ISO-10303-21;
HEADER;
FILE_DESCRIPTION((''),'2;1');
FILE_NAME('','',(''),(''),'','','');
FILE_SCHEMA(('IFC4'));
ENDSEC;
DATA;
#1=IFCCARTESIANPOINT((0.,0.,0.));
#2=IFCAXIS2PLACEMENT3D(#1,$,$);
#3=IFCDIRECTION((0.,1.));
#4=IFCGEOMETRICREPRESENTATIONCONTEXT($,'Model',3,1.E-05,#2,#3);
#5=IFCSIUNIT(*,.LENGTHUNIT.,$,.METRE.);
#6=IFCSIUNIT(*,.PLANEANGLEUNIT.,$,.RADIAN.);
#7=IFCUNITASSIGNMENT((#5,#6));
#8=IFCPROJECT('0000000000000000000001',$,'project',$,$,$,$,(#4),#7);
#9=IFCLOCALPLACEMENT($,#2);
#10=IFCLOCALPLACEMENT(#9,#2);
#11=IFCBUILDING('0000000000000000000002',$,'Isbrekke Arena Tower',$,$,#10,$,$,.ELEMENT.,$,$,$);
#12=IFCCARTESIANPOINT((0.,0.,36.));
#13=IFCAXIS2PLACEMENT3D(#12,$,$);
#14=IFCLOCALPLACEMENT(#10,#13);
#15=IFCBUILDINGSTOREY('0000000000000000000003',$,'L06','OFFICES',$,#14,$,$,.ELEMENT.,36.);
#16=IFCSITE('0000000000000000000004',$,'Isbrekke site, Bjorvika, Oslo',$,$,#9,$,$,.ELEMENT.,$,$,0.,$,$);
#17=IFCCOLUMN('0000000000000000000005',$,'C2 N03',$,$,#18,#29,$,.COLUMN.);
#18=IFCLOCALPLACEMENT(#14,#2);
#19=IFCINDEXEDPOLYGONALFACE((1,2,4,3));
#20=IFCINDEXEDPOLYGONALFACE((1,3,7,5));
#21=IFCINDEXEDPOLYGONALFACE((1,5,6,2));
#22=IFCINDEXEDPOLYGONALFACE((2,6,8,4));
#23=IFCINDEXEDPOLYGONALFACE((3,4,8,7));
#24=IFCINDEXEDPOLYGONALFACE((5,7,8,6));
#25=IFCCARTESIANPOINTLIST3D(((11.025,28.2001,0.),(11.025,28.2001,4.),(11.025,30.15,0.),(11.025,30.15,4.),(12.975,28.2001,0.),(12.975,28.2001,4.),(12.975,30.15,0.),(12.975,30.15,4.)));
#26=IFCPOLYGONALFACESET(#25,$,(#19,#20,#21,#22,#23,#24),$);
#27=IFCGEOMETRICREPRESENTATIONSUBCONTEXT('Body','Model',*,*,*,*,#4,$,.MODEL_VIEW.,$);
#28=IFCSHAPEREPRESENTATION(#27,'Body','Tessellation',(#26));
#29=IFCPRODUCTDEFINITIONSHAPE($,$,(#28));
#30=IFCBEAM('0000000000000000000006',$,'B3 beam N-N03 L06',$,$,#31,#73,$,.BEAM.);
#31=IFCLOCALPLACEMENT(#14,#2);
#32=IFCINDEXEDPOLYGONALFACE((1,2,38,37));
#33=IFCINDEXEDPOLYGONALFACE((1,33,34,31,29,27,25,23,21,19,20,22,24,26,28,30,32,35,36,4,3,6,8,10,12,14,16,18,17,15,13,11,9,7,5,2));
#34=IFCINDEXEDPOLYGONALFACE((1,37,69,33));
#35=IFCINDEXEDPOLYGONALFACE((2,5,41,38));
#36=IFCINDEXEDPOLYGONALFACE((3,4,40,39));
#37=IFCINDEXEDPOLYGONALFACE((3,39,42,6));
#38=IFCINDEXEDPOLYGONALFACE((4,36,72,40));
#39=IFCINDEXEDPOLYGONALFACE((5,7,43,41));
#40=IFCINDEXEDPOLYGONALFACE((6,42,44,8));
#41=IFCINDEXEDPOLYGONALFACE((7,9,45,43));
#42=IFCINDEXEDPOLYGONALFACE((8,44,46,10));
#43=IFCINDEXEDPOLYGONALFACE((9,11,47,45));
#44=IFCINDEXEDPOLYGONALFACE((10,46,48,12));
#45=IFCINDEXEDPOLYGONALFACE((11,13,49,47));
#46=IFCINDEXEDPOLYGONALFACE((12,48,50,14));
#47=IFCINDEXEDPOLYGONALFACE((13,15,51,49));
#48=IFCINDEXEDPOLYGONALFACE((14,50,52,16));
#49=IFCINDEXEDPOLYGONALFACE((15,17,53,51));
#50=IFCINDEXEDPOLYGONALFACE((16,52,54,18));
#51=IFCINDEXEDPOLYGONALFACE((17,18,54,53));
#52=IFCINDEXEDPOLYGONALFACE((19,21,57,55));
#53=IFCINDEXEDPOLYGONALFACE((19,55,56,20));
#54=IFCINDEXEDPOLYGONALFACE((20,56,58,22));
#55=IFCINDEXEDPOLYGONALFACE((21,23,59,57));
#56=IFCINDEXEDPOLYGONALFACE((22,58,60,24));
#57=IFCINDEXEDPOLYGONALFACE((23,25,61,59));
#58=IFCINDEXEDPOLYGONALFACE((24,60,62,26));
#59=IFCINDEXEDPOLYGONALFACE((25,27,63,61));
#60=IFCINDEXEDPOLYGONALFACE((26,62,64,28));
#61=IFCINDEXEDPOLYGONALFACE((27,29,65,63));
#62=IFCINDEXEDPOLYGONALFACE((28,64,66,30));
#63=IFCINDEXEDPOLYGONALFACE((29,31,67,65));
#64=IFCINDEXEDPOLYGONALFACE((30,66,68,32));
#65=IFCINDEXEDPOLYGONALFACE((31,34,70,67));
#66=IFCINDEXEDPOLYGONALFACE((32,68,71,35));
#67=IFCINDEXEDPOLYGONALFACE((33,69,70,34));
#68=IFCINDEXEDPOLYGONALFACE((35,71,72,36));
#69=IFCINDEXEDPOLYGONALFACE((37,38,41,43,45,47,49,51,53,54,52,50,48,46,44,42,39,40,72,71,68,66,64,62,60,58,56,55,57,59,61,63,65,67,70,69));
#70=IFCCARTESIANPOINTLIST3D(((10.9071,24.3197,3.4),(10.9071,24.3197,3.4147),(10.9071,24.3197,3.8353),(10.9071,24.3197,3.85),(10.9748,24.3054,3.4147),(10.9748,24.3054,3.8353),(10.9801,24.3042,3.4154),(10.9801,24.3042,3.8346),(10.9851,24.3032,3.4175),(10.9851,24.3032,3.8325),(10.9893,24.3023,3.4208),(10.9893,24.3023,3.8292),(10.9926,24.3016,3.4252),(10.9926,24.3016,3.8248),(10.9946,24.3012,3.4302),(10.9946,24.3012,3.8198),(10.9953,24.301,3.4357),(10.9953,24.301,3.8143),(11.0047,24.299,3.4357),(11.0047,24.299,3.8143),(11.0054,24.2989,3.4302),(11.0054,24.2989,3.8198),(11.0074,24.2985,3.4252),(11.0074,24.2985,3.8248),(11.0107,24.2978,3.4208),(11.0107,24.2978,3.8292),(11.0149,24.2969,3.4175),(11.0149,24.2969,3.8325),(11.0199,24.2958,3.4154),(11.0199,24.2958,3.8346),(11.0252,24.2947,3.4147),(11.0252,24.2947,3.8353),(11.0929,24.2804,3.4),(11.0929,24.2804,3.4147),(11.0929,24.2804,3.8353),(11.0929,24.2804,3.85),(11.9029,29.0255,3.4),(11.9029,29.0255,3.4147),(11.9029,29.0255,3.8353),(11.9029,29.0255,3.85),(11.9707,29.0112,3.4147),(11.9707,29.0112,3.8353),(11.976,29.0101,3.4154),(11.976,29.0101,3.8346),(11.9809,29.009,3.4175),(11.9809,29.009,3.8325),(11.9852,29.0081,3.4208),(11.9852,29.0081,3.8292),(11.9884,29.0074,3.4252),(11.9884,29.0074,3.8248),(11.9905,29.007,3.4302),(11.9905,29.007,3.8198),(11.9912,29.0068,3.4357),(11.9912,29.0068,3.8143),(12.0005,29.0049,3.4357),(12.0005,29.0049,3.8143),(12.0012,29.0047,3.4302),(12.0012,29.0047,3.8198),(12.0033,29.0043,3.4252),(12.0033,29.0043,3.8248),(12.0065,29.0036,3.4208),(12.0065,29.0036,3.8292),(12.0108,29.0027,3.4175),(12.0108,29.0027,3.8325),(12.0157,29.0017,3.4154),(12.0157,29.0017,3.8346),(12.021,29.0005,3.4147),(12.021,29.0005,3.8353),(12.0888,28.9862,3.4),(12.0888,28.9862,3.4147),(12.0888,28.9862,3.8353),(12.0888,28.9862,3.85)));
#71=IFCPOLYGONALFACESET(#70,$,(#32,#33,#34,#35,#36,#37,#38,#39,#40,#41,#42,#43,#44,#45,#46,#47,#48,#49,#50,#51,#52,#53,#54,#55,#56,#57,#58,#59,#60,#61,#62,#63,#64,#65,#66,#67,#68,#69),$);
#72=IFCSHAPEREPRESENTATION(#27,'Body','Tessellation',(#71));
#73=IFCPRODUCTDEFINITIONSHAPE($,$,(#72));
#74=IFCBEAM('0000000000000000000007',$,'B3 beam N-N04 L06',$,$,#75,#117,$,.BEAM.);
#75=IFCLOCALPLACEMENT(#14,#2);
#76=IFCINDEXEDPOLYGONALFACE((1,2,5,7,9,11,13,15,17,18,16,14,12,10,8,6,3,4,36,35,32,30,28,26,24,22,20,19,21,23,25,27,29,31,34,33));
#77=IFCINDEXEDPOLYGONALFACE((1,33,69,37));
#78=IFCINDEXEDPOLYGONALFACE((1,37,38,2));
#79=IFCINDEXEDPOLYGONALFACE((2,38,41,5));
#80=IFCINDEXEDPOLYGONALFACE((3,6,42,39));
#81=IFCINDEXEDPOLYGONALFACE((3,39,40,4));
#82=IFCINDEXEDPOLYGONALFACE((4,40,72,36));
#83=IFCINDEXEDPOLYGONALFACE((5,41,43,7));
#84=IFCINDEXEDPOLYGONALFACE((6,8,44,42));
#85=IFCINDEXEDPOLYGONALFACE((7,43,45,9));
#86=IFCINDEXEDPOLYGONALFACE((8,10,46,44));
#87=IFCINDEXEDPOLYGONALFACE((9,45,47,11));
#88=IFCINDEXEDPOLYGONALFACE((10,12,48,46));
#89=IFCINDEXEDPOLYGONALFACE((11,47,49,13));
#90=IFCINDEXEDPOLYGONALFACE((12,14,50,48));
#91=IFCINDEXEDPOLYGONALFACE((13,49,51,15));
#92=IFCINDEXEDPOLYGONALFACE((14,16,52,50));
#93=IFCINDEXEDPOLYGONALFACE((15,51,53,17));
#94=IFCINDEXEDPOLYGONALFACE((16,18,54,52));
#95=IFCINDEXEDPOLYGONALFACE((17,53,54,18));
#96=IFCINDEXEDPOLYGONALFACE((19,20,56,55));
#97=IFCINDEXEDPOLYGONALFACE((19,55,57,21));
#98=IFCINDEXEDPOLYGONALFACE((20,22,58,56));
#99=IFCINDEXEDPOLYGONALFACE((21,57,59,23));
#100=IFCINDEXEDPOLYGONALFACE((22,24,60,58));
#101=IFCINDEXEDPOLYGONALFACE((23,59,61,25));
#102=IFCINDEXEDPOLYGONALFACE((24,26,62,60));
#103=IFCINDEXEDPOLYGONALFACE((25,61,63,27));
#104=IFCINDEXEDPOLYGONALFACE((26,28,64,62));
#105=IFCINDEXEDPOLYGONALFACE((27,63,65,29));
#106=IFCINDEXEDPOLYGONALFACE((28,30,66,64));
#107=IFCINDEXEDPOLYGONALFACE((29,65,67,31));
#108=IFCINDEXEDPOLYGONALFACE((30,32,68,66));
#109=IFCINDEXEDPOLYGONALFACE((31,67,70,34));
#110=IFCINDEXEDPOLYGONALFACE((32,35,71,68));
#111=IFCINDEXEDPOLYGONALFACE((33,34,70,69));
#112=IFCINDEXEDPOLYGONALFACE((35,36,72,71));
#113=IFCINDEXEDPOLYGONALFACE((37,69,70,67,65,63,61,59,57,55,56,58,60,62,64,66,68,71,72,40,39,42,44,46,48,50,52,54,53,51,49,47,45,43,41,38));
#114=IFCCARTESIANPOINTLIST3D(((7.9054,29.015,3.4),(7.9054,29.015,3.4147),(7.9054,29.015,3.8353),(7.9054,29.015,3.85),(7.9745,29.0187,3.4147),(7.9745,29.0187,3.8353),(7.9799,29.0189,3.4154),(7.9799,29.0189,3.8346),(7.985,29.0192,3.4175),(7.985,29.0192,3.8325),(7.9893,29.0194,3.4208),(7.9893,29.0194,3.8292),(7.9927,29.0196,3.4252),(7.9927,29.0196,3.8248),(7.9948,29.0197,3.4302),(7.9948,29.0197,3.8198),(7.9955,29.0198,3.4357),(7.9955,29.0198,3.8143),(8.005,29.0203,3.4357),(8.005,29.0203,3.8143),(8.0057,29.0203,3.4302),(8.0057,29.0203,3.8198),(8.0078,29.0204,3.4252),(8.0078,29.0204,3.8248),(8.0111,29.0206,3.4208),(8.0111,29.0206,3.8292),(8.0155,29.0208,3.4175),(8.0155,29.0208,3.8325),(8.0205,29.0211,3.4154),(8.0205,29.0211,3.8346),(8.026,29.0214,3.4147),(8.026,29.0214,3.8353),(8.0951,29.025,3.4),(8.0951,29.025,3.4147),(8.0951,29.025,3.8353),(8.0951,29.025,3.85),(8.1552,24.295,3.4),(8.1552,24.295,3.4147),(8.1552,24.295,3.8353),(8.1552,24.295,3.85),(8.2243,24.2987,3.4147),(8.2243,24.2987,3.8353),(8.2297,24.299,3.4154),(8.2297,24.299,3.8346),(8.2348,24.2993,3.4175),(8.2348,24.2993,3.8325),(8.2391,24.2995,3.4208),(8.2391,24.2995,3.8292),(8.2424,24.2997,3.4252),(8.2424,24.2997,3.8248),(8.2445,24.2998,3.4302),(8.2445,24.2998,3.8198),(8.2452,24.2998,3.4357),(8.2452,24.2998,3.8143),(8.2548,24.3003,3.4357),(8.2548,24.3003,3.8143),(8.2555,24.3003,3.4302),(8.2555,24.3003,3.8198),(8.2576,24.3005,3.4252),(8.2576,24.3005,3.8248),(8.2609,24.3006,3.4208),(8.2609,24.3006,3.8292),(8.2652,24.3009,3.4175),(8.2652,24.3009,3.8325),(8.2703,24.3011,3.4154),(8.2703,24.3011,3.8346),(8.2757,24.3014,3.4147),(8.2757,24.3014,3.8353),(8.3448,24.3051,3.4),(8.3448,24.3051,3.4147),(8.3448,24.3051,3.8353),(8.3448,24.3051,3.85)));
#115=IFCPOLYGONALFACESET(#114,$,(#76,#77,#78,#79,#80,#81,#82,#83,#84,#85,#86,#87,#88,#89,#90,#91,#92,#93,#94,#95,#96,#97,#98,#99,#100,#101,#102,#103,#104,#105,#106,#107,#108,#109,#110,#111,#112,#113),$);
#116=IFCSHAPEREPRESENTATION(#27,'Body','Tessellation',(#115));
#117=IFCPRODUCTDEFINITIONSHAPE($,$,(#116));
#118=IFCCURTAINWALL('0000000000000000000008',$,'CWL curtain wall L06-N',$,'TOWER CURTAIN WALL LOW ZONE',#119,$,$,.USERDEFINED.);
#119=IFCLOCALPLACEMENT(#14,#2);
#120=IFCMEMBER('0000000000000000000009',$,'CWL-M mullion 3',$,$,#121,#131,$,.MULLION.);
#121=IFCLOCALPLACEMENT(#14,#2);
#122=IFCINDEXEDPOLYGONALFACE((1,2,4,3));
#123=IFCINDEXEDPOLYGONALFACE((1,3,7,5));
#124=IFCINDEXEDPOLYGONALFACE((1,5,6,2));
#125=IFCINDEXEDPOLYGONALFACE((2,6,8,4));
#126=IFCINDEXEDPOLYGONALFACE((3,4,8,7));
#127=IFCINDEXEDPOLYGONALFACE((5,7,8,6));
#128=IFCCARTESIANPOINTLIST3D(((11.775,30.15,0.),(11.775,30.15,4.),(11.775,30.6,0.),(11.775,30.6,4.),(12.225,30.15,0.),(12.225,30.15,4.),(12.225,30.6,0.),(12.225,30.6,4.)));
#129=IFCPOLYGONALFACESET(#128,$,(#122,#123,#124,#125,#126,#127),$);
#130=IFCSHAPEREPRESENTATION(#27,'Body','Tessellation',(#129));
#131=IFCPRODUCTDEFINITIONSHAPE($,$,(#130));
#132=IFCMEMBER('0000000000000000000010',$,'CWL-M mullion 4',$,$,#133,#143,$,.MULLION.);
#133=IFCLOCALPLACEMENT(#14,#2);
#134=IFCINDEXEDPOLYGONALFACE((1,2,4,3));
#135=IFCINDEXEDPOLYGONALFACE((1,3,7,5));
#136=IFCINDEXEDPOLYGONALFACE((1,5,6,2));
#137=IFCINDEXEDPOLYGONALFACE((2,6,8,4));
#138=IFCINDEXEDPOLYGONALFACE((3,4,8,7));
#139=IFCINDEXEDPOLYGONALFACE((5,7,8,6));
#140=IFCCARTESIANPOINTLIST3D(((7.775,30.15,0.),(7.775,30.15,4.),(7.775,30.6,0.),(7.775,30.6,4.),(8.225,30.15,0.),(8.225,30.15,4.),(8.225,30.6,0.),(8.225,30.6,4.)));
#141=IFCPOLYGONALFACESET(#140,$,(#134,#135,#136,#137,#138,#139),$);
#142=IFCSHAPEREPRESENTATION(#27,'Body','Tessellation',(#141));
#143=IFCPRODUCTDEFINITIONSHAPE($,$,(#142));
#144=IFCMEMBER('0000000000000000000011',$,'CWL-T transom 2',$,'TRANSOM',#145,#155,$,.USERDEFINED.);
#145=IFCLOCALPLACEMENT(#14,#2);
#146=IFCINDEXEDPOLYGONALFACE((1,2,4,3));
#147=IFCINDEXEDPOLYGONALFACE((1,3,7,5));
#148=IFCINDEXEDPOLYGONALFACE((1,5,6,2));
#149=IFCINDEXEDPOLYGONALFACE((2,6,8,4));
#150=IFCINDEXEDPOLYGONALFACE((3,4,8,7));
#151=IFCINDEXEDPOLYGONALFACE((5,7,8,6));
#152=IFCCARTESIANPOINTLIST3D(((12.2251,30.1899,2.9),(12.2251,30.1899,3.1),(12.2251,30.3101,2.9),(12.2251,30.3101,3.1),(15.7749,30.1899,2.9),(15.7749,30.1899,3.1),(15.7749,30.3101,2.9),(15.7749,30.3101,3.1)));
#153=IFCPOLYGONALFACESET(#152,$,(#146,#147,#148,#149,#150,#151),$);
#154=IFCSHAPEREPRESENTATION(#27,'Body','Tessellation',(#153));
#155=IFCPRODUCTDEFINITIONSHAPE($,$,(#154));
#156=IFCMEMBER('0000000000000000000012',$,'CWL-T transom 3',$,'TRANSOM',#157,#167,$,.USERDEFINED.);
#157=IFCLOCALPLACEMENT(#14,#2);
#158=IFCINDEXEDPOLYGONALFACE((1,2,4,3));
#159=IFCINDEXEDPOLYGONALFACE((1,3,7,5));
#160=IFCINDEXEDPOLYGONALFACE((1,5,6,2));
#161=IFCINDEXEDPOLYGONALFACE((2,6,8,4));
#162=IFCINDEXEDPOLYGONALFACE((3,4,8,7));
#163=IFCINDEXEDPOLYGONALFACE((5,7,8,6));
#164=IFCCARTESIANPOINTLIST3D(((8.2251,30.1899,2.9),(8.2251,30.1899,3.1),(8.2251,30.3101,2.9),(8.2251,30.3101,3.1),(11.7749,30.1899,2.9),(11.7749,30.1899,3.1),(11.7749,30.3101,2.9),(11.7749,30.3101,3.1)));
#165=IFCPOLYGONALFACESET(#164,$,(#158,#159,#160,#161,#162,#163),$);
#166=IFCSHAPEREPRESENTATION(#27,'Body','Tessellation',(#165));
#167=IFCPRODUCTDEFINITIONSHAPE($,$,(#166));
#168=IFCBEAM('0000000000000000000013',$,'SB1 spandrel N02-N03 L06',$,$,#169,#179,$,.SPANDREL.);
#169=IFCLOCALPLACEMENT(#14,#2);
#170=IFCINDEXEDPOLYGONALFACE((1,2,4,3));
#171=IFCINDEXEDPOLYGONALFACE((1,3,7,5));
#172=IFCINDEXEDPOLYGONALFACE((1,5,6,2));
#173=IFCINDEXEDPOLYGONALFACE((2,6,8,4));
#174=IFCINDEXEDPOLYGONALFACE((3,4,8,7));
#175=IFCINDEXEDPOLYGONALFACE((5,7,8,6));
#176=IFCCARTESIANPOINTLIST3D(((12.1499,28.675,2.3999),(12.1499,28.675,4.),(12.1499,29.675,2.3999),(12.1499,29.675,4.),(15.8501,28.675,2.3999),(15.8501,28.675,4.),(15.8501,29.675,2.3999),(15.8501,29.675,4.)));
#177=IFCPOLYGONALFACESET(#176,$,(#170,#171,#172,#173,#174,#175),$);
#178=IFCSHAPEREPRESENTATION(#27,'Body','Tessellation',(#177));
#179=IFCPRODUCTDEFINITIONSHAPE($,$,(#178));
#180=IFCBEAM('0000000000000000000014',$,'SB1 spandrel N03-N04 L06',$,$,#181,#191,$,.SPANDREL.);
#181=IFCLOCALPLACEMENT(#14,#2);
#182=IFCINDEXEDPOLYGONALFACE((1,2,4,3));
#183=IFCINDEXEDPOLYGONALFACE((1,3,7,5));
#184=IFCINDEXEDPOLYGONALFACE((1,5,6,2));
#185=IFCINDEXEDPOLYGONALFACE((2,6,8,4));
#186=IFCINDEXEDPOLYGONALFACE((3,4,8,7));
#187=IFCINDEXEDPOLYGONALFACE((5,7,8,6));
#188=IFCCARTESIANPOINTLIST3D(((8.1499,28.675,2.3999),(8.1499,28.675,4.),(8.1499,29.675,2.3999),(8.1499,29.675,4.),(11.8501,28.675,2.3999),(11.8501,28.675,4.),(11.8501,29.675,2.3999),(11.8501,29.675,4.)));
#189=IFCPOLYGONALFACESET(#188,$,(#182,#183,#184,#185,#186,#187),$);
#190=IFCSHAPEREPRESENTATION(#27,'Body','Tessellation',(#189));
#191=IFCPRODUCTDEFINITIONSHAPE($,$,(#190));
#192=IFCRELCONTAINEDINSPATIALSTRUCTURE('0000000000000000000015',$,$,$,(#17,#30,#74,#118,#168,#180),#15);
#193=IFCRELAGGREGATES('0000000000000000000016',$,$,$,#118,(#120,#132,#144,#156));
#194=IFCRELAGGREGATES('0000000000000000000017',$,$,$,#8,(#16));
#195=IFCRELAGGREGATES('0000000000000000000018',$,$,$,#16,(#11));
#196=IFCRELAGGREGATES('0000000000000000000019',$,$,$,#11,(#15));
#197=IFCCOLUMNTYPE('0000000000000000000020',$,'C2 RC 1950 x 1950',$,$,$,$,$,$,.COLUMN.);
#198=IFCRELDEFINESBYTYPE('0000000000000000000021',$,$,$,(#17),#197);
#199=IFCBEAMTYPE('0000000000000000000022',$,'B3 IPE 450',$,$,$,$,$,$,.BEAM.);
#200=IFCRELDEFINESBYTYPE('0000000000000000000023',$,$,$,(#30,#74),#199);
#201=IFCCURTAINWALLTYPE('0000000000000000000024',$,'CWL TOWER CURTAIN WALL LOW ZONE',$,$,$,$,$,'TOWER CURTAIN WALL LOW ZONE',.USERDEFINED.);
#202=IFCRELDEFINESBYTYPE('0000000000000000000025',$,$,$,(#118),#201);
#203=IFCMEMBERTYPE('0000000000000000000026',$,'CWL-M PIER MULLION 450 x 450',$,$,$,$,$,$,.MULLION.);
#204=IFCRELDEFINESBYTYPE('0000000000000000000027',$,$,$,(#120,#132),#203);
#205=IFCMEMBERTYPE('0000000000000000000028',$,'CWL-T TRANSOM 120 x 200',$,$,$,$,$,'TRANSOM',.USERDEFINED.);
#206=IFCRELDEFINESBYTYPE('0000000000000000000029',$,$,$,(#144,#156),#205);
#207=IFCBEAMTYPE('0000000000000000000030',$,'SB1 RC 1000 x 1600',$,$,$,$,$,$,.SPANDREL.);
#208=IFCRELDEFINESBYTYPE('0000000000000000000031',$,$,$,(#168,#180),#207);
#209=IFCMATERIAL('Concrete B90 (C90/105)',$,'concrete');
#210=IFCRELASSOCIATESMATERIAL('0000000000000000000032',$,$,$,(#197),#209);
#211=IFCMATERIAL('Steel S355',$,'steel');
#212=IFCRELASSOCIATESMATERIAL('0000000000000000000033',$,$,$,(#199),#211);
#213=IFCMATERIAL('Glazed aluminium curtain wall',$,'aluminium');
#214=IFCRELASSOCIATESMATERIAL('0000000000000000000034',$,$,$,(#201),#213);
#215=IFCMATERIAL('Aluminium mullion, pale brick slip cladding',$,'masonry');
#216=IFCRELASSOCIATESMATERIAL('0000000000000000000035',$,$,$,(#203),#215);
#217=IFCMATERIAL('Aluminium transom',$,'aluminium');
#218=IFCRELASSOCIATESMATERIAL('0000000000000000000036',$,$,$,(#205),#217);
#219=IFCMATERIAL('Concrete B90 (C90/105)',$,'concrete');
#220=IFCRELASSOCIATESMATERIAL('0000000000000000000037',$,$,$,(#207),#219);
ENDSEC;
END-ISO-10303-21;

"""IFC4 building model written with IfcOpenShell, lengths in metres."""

from ifc_helpers import new_model, si_unit, direction, frame, origin, origin_2d, place, context, subcontext, project, spatial, rectangle, i_section, extrude, material, material_profile, profile_set, type_object, element, aggregate, save


model = new_model("IFC4")

# Units and contexts
model_context = context("Model", 3, precision=1e-05, world=origin(), true_north=direction((0.0, 1.0)))
body_context = subcontext(model_context, "Body", "Model", "MODEL_VIEW")
ifc_project = project(units=[si_unit("LENGTHUNIT", "METRE"), si_unit("PLANEANGLEUNIT", "RADIAN")], contexts=[model_context])

# Site, building, storey
site_placement = place(None, origin())
site = spatial("IfcSite", under=ifc_project, at=site_placement, Name="Isbrekke site, Bjorvika, Oslo", CompositionType="ELEMENT", RefElevation=0.0)
building_placement = place(site_placement, origin())
building = spatial("IfcBuilding", under=site, at=building_placement, Name="Isbrekke Arena Tower", CompositionType="ELEMENT")
storey_placement = place(building_placement, frame((0.0, 0.0, 36.0)))
storey = spatial("IfcBuildingStorey", under=building, at=storey_placement, Name="L06", Description="OFFICES", CompositionType="ELEMENT", Elevation=36.0)

# Column
ifc_material_1 = material(Name="Concrete B90 (C90/105)", Category="concrete")
ifc_material_profile_1 = material_profile(ifc_material_1, rectangle(XDim=1.95, YDim=1.95, at=origin_2d()), Name="RC 1950x1950")
ifc_profile_set_1 = profile_set([ifc_material_profile_1], Name="Concrete B90 (C90/105)")
column_type = type_object("IfcColumnType", Name="C2 RC 1950 x 1950", PredefinedType="COLUMN", material=ifc_profile_set_1)
column_placement = place(storey_placement, frame((12.0, 29.175, 0.0), z_axis=(0.0, 0.0, 1.0), x_axis=(-1.0, 0.0, 0.0)))
element("IfcColumn", 1, at=column_placement, inside=storey, type_object=column_type, Name="C2 N03", PredefinedType="COLUMN", context=body_context, shape_type="SweptSolid", body=[
    extrude(rectangle(XDim=1.95, YDim=1.95, at=origin_2d()), origin(), (0.0, 0.0, 1.0), 4.0),
])

# Beams
ifc_material_2 = material(Name="Steel S355", Category="steel")
ifc_material_profile_2 = material_profile(ifc_material_2, i_section(OverallWidth=0.1899, OverallDepth=0.45, WebThickness=0.0095, FlangeThickness=0.0146, FilletRadius=0.021, at=origin_2d()), Name="IPE 450")
ifc_profile_set_2 = profile_set([ifc_material_profile_2], Name="Steel S355")
beam_type_1 = type_object("IfcBeamType", Name="B3 IPE 450", PredefinedType="BEAM", material=ifc_profile_set_2)
beam_1_placement = place(storey_placement, frame((11.9958, 29.0059, 3.625), z_axis=(-0.207036, -0.978333, 0.0), x_axis=(0.978333, -0.207036, 0.0)))
element("IfcBeam", 2, at=beam_1_placement, inside=storey, type_object=beam_type_1, Name="B3 beam N-N03 L06", PredefinedType="BEAM", context=body_context, shape_type="SweptSolid", body=[
    extrude(i_section(OverallWidth=0.1899, OverallDepth=0.45, WebThickness=0.0095, FlangeThickness=0.0146, FilletRadius=0.021, at=origin_2d()), origin(), (0.0, 0.0, 1.0), 4.8101),
])
beam_2_placement = place(storey_placement, frame((8.0002, 29.02, 3.625), z_axis=(0.052841, -0.998603, 0.0), x_axis=(0.998603, 0.052841, 0.0)))
element("IfcBeam", 3, at=beam_2_placement, inside=storey, type_object=beam_type_1, Name="B3 beam N-N04 L06", PredefinedType="BEAM", context=body_context, shape_type="SweptSolid", body=[
    extrude(i_section(OverallWidth=0.1899, OverallDepth=0.45, WebThickness=0.0095, FlangeThickness=0.0146, FilletRadius=0.021, at=origin_2d()), origin(), (0.0, 0.0, 1.0), 4.7266),
])

# Curtain wall, members
ifc_material_3 = material(Name="Glazed aluminium curtain wall", Category="aluminium")
curtain_wall_type = type_object("IfcCurtainWallType", Name="CWL TOWER CURTAIN WALL LOW ZONE", ElementType="TOWER CURTAIN WALL LOW ZONE", PredefinedType="USERDEFINED", material=ifc_material_3)
curtain_wall_placement = place(storey_placement, origin())
curtain_wall = element("IfcCurtainWall", 4, at=curtain_wall_placement, inside=storey, type_object=curtain_wall_type, Name="CWL curtain wall L06-N", ObjectType="TOWER CURTAIN WALL LOW ZONE", PredefinedType="USERDEFINED")
ifc_material_4 = material(Name="Aluminium mullion, pale brick slip cladding", Category="masonry")
ifc_material_profile_3 = material_profile(ifc_material_4, rectangle(XDim=0.45, YDim=0.45, at=origin_2d()), Name="PIER 450X450")
ifc_profile_set_3 = profile_set([ifc_material_profile_3], Name="Aluminium mullion, pale brick slip cladding")
member_type_1 = type_object("IfcMemberType", Name="CWL-M PIER MULLION 450 x 450", PredefinedType="MULLION", material=ifc_profile_set_3)
member_1_placement = place(storey_placement, frame((12.0, 30.375, 0.0), z_axis=(0.0, 0.0, 1.0), x_axis=(-1.0, 0.0, 0.0)))
member_1 = element("IfcMember", 5, at=member_1_placement, type_object=member_type_1, Name="CWL-M mullion 3", PredefinedType="MULLION", context=body_context, shape_type="SweptSolid", body=[
    extrude(rectangle(XDim=0.45, YDim=0.45, at=origin_2d()), origin(), (0.0, 0.0, 1.0), 4.0),
])
member_2_placement = place(storey_placement, frame((8.0, 30.375, 0.0), z_axis=(0.0, 0.0, 1.0), x_axis=(-1.0, 0.0, 0.0)))
member_2 = element("IfcMember", 6, at=member_2_placement, type_object=member_type_1, Name="CWL-M mullion 4", PredefinedType="MULLION", context=body_context, shape_type="SweptSolid", body=[
    extrude(rectangle(XDim=0.45, YDim=0.45, at=origin_2d()), origin(), (0.0, 0.0, 1.0), 4.0),
])
ifc_material_5 = material(Name="Aluminium transom", Category="aluminium")
ifc_material_profile_4 = material_profile(ifc_material_5, rectangle(XDim=0.1201, YDim=0.2, at=origin_2d()), Name="TRANSOM 120X200")
ifc_profile_set_4 = profile_set([ifc_material_profile_4], Name="Aluminium transom")
member_type_2 = type_object("IfcMemberType", Name="CWL-T TRANSOM 120 x 200", ElementType="TRANSOM", PredefinedType="USERDEFINED", material=ifc_profile_set_4)
member_3_placement = place(storey_placement, frame((15.7749, 30.25, 3.0), z_axis=(-1.0, 0.0, 0.0), x_axis=(0.0, -1.0, 0.0)))
member_3 = element("IfcMember", 7, at=member_3_placement, type_object=member_type_2, Name="CWL-T transom 2", ObjectType="TRANSOM", PredefinedType="USERDEFINED", context=body_context, shape_type="SweptSolid", body=[
    extrude(rectangle(XDim=0.1201, YDim=0.2, at=origin_2d()), origin(), (0.0, 0.0, 1.0), 3.5498),
])
member_4_placement = place(storey_placement, frame((11.7749, 30.25, 3.0), z_axis=(-1.0, 0.0, 0.0), x_axis=(0.0, -1.0, 0.0)))
member_4 = element("IfcMember", 8, at=member_4_placement, type_object=member_type_2, Name="CWL-T transom 3", ObjectType="TRANSOM", PredefinedType="USERDEFINED", context=body_context, shape_type="SweptSolid", body=[
    extrude(rectangle(XDim=0.1201, YDim=0.2, at=origin_2d()), origin(), (0.0, 0.0, 1.0), 3.5498),
])

# Beams
ifc_material_6 = material(Name="Concrete B90 (C90/105)", Category="concrete")
ifc_material_profile_5 = material_profile(ifc_material_6, rectangle(XDim=1.0, YDim=1.6001, at=origin_2d()), Name="RC 1000x1600")
ifc_profile_set_5 = profile_set([ifc_material_profile_5], Name="Concrete B90 (C90/105)")
beam_type_2 = type_object("IfcBeamType", Name="SB1 RC 1000 x 1600", PredefinedType="SPANDREL", material=ifc_profile_set_5)
for number, where, z_axis, x_axis, name in (
    (9, (15.8501, 29.175, 3.2), (-1.0, 0.0, 0.0), (0.0, -1.0, 0.0), "SB1 spandrel N02-N03 L06"),
    (10, (11.8501, 29.175, 3.2), (-1.0, 0.0, 0.0), (0.0, -1.0, 0.0), "SB1 spandrel N03-N04 L06"),
):
    element("IfcBeam", number, at=place(storey_placement, frame(where, z_axis=z_axis, x_axis=x_axis)), inside=storey, type_object=beam_type_2, Name=name, PredefinedType="SPANDREL", context=body_context, shape_type="SweptSolid", body=[
        extrude(rectangle(XDim=1.0, YDim=1.6001, at=origin_2d()), origin(), (0.0, 0.0, 1.0), 3.7002),
    ])

aggregate(curtain_wall, [member_1, member_2, member_3, member_4])

save(model, "model.ifc")
